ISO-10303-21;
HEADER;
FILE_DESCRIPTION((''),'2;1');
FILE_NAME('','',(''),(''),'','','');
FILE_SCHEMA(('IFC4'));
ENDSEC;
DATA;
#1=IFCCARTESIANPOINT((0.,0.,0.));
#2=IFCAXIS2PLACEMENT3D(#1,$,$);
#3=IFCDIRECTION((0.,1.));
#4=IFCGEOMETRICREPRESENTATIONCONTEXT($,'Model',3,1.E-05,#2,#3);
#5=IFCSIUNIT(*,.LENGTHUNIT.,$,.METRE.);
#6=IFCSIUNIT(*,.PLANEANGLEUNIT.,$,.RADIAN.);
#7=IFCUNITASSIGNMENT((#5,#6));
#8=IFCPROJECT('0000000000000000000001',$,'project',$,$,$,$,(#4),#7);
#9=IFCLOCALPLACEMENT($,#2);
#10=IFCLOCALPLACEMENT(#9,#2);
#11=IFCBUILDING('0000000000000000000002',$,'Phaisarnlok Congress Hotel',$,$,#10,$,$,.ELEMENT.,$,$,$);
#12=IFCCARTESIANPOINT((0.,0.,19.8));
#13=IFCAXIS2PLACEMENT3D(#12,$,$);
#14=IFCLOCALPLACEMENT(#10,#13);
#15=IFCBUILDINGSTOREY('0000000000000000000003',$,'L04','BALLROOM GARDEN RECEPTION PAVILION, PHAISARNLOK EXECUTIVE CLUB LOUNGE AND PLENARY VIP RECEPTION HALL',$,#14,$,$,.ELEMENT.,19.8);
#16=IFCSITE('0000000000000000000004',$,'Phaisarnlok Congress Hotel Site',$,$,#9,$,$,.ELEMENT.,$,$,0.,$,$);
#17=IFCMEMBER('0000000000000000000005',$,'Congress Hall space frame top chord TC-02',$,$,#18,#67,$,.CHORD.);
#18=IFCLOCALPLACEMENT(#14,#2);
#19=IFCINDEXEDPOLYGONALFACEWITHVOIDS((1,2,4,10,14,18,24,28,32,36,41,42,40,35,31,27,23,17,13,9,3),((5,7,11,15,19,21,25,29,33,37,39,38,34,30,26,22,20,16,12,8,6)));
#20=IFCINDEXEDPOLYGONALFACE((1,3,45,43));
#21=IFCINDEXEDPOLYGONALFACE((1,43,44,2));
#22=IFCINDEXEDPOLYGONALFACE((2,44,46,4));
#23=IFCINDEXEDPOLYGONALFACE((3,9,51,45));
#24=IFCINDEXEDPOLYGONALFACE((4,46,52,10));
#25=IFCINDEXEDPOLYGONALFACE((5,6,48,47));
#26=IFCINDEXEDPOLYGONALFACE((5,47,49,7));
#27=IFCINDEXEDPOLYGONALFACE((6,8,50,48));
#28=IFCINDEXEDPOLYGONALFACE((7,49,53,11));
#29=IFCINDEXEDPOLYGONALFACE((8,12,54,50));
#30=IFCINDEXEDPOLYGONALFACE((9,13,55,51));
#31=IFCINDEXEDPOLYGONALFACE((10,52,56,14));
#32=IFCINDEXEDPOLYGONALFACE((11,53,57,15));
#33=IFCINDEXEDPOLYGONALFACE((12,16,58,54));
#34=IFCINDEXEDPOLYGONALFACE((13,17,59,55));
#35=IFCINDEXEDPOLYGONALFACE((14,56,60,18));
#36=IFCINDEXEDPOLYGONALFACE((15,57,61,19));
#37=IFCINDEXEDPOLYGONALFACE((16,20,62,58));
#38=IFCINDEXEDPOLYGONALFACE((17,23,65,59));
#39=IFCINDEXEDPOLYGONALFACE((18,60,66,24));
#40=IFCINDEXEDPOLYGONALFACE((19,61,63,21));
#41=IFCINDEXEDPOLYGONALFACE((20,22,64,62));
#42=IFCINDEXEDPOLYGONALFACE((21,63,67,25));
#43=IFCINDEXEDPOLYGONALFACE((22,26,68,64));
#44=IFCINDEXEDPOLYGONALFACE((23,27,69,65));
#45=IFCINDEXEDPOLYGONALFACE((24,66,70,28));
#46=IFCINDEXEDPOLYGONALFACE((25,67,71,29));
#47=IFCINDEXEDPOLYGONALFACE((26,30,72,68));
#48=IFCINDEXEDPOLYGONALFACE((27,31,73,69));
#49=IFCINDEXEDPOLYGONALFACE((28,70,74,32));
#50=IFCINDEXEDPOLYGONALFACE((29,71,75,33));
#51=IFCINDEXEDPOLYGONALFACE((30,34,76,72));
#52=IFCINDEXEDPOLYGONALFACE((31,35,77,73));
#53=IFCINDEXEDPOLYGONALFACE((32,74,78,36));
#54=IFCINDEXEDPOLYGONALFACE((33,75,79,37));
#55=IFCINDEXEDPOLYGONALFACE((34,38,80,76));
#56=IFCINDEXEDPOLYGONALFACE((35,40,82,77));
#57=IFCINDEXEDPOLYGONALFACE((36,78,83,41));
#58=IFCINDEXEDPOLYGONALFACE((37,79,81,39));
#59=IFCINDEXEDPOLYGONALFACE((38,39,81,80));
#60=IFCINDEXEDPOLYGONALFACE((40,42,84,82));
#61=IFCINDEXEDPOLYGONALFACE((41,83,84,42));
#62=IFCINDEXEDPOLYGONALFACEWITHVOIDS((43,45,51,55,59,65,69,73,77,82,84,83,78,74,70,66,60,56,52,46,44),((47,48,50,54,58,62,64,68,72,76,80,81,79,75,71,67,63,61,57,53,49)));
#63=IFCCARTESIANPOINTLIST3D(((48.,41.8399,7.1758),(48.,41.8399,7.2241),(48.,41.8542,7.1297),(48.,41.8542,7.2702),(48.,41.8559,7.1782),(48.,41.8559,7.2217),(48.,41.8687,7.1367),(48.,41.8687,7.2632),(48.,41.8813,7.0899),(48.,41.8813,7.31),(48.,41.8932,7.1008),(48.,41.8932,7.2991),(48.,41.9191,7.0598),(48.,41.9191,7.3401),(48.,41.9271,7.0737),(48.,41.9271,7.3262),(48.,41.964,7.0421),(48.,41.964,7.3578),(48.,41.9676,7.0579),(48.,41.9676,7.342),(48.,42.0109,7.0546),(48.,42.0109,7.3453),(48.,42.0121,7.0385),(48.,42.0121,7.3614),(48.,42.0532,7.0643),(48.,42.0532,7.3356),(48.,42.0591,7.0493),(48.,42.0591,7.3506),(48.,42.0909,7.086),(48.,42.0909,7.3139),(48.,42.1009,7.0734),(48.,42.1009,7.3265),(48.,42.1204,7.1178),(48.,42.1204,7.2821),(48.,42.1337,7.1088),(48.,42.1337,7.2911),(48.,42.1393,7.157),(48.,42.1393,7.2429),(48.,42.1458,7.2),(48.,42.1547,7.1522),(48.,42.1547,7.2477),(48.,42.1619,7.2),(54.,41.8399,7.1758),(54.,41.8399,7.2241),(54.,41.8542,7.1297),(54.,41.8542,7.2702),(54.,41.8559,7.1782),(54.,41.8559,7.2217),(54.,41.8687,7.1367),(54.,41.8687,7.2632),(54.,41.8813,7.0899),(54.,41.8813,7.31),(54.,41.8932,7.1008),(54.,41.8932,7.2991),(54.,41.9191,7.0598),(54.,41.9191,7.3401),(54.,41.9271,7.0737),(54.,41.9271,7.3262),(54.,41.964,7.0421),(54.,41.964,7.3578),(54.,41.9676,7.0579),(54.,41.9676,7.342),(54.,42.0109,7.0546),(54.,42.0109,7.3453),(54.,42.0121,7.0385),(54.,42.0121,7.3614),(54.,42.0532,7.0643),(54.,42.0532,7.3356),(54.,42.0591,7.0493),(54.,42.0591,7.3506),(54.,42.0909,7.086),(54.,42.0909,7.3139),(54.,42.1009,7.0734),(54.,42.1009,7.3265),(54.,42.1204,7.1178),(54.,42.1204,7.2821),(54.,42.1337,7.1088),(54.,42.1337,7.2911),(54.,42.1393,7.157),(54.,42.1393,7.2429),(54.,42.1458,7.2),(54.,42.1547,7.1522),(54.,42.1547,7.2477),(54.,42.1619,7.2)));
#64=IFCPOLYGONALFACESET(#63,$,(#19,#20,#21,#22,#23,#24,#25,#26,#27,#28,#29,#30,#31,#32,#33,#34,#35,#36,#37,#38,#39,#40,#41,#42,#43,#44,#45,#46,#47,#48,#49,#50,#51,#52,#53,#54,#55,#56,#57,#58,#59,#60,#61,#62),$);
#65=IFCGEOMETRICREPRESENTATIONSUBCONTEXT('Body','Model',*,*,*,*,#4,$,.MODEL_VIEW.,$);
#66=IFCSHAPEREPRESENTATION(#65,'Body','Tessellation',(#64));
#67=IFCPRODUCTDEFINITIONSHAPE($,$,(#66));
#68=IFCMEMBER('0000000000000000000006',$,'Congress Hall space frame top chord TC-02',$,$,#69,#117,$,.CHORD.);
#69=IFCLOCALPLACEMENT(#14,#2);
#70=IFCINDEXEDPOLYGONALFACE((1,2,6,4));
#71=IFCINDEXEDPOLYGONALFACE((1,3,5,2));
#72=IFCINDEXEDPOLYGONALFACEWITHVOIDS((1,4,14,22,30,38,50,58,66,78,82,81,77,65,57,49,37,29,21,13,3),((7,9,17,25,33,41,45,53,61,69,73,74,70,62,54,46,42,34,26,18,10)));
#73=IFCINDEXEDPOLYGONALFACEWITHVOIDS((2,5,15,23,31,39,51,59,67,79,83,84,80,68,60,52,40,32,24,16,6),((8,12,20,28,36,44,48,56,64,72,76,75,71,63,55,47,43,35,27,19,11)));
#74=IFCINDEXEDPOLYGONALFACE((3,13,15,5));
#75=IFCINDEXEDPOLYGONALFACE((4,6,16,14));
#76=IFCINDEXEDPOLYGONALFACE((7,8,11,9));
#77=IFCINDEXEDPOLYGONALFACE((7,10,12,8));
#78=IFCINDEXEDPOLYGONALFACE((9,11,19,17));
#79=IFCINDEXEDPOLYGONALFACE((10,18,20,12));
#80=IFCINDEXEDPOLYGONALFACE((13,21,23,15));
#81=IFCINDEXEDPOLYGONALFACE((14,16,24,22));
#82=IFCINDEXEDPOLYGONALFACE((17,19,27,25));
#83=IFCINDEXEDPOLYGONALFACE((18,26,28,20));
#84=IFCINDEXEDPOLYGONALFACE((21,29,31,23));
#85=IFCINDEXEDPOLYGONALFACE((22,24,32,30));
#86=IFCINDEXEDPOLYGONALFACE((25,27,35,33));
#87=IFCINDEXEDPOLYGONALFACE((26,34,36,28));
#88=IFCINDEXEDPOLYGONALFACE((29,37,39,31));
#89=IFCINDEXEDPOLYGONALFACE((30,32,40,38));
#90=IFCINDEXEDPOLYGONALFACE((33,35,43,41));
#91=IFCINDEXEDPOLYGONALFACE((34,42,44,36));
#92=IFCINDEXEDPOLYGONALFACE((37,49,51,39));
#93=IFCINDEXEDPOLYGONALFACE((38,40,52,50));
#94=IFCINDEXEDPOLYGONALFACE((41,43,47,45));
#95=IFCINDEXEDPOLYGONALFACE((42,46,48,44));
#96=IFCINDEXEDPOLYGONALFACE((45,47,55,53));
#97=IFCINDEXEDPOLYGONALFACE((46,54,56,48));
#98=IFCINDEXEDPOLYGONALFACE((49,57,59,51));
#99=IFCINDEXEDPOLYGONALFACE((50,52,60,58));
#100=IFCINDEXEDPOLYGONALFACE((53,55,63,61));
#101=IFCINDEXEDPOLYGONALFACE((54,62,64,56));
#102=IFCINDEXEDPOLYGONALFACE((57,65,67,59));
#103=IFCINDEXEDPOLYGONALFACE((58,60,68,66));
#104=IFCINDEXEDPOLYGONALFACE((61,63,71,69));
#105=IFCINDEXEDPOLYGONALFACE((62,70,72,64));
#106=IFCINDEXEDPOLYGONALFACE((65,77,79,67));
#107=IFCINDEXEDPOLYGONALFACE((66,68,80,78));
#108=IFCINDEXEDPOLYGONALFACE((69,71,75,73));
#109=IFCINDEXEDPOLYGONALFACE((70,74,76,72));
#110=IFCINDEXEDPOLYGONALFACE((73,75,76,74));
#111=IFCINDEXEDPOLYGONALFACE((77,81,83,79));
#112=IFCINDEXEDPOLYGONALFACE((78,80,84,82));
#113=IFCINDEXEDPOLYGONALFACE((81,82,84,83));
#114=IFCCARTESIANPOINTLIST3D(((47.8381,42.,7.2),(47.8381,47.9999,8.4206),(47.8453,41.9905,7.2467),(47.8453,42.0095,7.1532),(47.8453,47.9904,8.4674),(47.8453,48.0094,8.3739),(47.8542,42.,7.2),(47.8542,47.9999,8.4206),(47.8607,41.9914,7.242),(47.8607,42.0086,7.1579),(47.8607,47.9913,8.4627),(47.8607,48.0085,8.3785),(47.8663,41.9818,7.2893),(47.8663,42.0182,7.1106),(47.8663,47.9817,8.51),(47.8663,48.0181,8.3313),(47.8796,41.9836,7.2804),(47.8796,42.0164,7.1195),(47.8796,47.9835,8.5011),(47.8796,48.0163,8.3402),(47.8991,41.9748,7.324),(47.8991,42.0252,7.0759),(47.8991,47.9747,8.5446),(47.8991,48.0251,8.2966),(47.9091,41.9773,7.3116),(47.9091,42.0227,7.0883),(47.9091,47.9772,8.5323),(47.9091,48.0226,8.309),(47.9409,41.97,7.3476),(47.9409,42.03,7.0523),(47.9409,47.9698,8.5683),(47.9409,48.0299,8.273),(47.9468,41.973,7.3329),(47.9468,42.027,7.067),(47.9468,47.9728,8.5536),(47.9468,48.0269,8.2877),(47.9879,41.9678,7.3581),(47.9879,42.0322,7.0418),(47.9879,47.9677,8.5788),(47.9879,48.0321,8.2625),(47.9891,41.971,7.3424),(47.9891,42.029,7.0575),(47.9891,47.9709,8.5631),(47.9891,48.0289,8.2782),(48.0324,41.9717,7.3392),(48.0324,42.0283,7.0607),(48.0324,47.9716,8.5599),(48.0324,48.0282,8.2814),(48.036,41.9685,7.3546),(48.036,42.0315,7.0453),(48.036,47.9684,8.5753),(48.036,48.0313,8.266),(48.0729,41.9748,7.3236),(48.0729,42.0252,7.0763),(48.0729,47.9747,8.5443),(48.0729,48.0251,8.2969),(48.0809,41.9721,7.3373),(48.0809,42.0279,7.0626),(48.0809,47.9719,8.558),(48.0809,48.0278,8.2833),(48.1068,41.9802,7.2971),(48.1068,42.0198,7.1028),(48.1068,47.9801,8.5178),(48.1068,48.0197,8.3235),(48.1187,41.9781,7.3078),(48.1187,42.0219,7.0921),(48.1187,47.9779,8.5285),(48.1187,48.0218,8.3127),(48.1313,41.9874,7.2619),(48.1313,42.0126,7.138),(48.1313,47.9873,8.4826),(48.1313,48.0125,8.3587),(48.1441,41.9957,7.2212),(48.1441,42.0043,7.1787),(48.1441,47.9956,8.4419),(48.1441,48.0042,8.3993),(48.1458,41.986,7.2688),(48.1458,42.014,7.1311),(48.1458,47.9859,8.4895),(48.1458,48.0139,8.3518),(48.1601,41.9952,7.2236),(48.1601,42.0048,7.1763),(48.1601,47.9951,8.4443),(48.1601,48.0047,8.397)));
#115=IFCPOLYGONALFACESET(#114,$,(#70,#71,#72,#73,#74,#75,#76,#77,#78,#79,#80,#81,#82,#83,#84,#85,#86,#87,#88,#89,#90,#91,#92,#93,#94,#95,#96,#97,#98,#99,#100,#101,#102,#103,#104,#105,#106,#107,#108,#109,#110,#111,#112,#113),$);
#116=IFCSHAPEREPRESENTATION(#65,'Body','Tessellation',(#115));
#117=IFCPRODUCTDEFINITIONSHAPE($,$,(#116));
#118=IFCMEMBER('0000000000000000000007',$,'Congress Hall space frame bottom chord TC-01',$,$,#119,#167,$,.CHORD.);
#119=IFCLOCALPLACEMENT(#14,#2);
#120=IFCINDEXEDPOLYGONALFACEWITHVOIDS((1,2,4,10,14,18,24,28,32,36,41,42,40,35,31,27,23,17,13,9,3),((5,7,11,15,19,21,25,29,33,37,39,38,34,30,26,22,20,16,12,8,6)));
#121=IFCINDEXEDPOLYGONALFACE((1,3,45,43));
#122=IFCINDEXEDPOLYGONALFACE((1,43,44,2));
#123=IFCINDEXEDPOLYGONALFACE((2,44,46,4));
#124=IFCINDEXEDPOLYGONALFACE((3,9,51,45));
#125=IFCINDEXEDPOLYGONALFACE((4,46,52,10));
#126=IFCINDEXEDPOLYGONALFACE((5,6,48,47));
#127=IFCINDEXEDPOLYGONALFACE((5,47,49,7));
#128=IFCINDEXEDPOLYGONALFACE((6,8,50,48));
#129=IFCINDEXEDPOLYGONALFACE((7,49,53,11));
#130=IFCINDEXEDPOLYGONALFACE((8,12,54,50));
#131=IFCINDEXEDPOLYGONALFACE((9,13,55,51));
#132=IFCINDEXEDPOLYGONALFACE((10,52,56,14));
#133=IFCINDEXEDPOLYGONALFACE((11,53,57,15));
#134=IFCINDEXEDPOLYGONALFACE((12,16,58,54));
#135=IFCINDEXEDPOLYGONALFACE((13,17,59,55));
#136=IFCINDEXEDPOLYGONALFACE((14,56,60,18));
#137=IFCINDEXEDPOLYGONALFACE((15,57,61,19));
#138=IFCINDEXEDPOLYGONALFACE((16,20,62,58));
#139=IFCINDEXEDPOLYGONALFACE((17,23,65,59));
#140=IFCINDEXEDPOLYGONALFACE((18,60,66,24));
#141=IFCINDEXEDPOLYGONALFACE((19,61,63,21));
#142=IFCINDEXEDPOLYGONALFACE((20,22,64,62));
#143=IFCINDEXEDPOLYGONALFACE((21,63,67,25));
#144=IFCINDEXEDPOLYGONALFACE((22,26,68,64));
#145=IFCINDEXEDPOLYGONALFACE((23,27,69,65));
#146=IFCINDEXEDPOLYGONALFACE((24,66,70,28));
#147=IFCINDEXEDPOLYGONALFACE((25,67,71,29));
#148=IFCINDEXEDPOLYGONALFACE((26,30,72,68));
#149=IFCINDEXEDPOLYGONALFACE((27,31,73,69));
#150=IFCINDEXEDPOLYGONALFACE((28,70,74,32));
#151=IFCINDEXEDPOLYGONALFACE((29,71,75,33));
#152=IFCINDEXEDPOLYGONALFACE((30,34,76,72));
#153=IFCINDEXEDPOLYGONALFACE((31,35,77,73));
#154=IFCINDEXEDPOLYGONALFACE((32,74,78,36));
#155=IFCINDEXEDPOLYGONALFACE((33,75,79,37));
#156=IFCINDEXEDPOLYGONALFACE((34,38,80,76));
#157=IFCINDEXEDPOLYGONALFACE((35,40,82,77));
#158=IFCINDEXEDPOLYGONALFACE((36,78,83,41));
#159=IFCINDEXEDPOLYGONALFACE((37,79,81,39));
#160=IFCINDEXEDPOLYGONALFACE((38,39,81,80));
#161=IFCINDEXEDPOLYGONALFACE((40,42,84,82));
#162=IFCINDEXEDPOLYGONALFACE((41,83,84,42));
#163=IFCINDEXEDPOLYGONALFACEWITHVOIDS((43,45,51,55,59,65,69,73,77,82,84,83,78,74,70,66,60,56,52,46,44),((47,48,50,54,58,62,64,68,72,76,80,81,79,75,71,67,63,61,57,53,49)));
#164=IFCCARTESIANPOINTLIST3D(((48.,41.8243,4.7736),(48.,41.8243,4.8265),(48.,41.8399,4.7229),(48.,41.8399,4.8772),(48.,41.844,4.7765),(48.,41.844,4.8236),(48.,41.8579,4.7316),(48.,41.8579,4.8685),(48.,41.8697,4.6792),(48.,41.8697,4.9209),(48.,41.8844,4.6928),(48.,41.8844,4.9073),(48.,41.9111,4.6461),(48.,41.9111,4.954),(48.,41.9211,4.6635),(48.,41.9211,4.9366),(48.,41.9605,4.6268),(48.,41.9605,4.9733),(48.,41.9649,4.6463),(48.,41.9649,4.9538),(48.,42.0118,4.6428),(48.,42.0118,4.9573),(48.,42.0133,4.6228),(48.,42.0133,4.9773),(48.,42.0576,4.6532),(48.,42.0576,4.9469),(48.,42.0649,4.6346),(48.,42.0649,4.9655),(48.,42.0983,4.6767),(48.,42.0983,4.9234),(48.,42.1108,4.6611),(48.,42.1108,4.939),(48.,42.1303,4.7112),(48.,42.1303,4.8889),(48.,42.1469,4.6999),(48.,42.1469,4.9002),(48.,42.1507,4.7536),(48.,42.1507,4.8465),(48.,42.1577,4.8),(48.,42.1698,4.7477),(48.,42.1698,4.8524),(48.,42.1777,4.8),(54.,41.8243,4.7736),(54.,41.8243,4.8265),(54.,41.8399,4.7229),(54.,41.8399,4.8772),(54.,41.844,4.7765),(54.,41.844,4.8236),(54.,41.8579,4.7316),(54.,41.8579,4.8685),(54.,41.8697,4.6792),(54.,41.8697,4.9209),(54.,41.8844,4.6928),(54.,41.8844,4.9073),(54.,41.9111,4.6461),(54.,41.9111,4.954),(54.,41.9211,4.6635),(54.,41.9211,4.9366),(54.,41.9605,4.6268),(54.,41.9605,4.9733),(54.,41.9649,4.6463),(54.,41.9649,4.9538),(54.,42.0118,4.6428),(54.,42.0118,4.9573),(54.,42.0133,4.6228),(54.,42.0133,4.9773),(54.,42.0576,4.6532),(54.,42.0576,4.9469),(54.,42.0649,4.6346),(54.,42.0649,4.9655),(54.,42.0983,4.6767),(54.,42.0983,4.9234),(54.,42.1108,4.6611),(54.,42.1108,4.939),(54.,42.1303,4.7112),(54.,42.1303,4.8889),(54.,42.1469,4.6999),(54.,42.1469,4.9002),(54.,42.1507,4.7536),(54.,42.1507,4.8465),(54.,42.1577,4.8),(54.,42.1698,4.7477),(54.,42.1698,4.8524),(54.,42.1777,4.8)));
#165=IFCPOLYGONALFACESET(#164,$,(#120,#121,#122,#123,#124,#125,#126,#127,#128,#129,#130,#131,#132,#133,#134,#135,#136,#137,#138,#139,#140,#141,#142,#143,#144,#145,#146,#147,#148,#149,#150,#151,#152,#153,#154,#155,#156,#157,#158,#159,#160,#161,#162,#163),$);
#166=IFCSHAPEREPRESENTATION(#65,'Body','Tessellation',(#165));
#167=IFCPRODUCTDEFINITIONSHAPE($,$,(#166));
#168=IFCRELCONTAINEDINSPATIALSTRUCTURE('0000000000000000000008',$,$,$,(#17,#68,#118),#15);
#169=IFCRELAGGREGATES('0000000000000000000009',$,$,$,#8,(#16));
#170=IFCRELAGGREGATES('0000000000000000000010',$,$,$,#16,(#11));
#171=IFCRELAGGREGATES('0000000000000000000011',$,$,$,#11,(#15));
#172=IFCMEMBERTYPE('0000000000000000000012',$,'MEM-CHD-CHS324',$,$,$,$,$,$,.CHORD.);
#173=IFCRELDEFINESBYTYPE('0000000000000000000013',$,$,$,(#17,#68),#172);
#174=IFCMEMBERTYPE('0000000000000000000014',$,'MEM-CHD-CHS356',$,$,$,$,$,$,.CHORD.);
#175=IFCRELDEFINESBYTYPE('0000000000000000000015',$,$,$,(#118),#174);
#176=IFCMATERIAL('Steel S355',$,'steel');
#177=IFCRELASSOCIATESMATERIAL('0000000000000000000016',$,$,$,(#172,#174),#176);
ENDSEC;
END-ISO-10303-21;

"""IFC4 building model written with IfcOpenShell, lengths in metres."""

from ifc_helpers import new_model, si_unit, direction, frame, origin, origin_2d, place, context, subcontext, project, spatial, hollow_circle, extrude, material, material_profile, profile_set, type_object, element, save


model = new_model("IFC4")

# Units and contexts
model_context = context("Model", 3, precision=1e-05, world=origin(), true_north=direction((0.0, 1.0)))
body_context = subcontext(model_context, "Body", "Model", "MODEL_VIEW")
ifc_project = project(units=[si_unit("LENGTHUNIT", "METRE"), si_unit("PLANEANGLEUNIT", "RADIAN")], contexts=[model_context])

# Site, building, storey
site_placement = place(None, origin())
site = spatial("IfcSite", under=ifc_project, at=site_placement, Name="Phaisarnlok Congress Hotel Site", CompositionType="ELEMENT", RefElevation=0.0)
building_placement = place(site_placement, origin())
building = spatial("IfcBuilding", under=site, at=building_placement, Name="Phaisarnlok Congress Hotel", CompositionType="ELEMENT")
storey_placement = place(building_placement, frame((0.0, 0.0, 19.8)))
storey = spatial("IfcBuildingStorey", under=building, at=storey_placement, Name="L04", Description="BALLROOM GARDEN RECEPTION PAVILION, PHAISARNLOK EXECUTIVE CLUB LOUNGE AND PLENARY VIP RECEPTION HALL", CompositionType="ELEMENT", Elevation=19.8)

# Members
ifc_material_1 = material(Name="Steel S355", Category="steel")
ifc_material_profile_1 = material_profile(ifc_material_1, hollow_circle(Radius=0.1619, WallThickness=0.0161, at=origin_2d()), Name="CHS 323.9x16")
ifc_profile_set_1 = profile_set([ifc_material_profile_1], Name="Steel S355")
member_type_1 = type_object("IfcMemberType", Name="MEM-CHD-CHS324", PredefinedType="CHORD", material=ifc_profile_set_1)
member_1_placement = place(storey_placement, frame((48.0, 42.0, 7.2), z_axis=(1.0, 0.0, 0.0), x_axis=(0.0, 1.0, 0.0)))
element("IfcMember", 1, at=member_1_placement, inside=storey, type_object=member_type_1, Name="Congress Hall space frame top chord TC-02", PredefinedType="CHORD", context=body_context, shape_type="SweptSolid", body=[
    extrude(hollow_circle(Radius=0.1619, WallThickness=0.0161, at=origin_2d()), origin(), (0.0, 0.0, 1.0), 6.0),
])
member_2_placement = place(storey_placement, frame((48.0, 42.0, 7.2), z_axis=(0.0, 0.979925, 0.199366), x_axis=(-1.0, 0.0, 0.0)))
element("IfcMember", 2, at=member_2_placement, inside=storey, type_object=member_type_1, Name="Congress Hall space frame top chord TC-02", PredefinedType="CHORD", context=body_context, shape_type="SweptSolid", body=[
    extrude(hollow_circle(Radius=0.1619, WallThickness=0.0161, at=origin_2d()), origin(), (0.0, 0.0, 1.0), 6.1228),
])
ifc_material_profile_2 = material_profile(ifc_material_1, hollow_circle(Radius=0.1777, WallThickness=0.02, at=origin_2d()), Name="CHS 355.6x20")
ifc_profile_set_2 = profile_set([ifc_material_profile_2], Name="Steel S355")
member_type_2 = type_object("IfcMemberType", Name="MEM-CHD-CHS356", PredefinedType="CHORD", material=ifc_profile_set_2)
member_3_placement = place(storey_placement, frame((48.0, 42.0, 4.8), z_axis=(1.0, 0.0, 0.0), x_axis=(0.0, 1.0, 0.0)))
element("IfcMember", 3, at=member_3_placement, inside=storey, type_object=member_type_2, Name="Congress Hall space frame bottom chord TC-01", PredefinedType="CHORD", context=body_context, shape_type="SweptSolid", body=[
    extrude(hollow_circle(Radius=0.1777, WallThickness=0.02, at=origin_2d()), origin(), (0.0, 0.0, 1.0), 6.0),
])

save(model, "model.ifc")
